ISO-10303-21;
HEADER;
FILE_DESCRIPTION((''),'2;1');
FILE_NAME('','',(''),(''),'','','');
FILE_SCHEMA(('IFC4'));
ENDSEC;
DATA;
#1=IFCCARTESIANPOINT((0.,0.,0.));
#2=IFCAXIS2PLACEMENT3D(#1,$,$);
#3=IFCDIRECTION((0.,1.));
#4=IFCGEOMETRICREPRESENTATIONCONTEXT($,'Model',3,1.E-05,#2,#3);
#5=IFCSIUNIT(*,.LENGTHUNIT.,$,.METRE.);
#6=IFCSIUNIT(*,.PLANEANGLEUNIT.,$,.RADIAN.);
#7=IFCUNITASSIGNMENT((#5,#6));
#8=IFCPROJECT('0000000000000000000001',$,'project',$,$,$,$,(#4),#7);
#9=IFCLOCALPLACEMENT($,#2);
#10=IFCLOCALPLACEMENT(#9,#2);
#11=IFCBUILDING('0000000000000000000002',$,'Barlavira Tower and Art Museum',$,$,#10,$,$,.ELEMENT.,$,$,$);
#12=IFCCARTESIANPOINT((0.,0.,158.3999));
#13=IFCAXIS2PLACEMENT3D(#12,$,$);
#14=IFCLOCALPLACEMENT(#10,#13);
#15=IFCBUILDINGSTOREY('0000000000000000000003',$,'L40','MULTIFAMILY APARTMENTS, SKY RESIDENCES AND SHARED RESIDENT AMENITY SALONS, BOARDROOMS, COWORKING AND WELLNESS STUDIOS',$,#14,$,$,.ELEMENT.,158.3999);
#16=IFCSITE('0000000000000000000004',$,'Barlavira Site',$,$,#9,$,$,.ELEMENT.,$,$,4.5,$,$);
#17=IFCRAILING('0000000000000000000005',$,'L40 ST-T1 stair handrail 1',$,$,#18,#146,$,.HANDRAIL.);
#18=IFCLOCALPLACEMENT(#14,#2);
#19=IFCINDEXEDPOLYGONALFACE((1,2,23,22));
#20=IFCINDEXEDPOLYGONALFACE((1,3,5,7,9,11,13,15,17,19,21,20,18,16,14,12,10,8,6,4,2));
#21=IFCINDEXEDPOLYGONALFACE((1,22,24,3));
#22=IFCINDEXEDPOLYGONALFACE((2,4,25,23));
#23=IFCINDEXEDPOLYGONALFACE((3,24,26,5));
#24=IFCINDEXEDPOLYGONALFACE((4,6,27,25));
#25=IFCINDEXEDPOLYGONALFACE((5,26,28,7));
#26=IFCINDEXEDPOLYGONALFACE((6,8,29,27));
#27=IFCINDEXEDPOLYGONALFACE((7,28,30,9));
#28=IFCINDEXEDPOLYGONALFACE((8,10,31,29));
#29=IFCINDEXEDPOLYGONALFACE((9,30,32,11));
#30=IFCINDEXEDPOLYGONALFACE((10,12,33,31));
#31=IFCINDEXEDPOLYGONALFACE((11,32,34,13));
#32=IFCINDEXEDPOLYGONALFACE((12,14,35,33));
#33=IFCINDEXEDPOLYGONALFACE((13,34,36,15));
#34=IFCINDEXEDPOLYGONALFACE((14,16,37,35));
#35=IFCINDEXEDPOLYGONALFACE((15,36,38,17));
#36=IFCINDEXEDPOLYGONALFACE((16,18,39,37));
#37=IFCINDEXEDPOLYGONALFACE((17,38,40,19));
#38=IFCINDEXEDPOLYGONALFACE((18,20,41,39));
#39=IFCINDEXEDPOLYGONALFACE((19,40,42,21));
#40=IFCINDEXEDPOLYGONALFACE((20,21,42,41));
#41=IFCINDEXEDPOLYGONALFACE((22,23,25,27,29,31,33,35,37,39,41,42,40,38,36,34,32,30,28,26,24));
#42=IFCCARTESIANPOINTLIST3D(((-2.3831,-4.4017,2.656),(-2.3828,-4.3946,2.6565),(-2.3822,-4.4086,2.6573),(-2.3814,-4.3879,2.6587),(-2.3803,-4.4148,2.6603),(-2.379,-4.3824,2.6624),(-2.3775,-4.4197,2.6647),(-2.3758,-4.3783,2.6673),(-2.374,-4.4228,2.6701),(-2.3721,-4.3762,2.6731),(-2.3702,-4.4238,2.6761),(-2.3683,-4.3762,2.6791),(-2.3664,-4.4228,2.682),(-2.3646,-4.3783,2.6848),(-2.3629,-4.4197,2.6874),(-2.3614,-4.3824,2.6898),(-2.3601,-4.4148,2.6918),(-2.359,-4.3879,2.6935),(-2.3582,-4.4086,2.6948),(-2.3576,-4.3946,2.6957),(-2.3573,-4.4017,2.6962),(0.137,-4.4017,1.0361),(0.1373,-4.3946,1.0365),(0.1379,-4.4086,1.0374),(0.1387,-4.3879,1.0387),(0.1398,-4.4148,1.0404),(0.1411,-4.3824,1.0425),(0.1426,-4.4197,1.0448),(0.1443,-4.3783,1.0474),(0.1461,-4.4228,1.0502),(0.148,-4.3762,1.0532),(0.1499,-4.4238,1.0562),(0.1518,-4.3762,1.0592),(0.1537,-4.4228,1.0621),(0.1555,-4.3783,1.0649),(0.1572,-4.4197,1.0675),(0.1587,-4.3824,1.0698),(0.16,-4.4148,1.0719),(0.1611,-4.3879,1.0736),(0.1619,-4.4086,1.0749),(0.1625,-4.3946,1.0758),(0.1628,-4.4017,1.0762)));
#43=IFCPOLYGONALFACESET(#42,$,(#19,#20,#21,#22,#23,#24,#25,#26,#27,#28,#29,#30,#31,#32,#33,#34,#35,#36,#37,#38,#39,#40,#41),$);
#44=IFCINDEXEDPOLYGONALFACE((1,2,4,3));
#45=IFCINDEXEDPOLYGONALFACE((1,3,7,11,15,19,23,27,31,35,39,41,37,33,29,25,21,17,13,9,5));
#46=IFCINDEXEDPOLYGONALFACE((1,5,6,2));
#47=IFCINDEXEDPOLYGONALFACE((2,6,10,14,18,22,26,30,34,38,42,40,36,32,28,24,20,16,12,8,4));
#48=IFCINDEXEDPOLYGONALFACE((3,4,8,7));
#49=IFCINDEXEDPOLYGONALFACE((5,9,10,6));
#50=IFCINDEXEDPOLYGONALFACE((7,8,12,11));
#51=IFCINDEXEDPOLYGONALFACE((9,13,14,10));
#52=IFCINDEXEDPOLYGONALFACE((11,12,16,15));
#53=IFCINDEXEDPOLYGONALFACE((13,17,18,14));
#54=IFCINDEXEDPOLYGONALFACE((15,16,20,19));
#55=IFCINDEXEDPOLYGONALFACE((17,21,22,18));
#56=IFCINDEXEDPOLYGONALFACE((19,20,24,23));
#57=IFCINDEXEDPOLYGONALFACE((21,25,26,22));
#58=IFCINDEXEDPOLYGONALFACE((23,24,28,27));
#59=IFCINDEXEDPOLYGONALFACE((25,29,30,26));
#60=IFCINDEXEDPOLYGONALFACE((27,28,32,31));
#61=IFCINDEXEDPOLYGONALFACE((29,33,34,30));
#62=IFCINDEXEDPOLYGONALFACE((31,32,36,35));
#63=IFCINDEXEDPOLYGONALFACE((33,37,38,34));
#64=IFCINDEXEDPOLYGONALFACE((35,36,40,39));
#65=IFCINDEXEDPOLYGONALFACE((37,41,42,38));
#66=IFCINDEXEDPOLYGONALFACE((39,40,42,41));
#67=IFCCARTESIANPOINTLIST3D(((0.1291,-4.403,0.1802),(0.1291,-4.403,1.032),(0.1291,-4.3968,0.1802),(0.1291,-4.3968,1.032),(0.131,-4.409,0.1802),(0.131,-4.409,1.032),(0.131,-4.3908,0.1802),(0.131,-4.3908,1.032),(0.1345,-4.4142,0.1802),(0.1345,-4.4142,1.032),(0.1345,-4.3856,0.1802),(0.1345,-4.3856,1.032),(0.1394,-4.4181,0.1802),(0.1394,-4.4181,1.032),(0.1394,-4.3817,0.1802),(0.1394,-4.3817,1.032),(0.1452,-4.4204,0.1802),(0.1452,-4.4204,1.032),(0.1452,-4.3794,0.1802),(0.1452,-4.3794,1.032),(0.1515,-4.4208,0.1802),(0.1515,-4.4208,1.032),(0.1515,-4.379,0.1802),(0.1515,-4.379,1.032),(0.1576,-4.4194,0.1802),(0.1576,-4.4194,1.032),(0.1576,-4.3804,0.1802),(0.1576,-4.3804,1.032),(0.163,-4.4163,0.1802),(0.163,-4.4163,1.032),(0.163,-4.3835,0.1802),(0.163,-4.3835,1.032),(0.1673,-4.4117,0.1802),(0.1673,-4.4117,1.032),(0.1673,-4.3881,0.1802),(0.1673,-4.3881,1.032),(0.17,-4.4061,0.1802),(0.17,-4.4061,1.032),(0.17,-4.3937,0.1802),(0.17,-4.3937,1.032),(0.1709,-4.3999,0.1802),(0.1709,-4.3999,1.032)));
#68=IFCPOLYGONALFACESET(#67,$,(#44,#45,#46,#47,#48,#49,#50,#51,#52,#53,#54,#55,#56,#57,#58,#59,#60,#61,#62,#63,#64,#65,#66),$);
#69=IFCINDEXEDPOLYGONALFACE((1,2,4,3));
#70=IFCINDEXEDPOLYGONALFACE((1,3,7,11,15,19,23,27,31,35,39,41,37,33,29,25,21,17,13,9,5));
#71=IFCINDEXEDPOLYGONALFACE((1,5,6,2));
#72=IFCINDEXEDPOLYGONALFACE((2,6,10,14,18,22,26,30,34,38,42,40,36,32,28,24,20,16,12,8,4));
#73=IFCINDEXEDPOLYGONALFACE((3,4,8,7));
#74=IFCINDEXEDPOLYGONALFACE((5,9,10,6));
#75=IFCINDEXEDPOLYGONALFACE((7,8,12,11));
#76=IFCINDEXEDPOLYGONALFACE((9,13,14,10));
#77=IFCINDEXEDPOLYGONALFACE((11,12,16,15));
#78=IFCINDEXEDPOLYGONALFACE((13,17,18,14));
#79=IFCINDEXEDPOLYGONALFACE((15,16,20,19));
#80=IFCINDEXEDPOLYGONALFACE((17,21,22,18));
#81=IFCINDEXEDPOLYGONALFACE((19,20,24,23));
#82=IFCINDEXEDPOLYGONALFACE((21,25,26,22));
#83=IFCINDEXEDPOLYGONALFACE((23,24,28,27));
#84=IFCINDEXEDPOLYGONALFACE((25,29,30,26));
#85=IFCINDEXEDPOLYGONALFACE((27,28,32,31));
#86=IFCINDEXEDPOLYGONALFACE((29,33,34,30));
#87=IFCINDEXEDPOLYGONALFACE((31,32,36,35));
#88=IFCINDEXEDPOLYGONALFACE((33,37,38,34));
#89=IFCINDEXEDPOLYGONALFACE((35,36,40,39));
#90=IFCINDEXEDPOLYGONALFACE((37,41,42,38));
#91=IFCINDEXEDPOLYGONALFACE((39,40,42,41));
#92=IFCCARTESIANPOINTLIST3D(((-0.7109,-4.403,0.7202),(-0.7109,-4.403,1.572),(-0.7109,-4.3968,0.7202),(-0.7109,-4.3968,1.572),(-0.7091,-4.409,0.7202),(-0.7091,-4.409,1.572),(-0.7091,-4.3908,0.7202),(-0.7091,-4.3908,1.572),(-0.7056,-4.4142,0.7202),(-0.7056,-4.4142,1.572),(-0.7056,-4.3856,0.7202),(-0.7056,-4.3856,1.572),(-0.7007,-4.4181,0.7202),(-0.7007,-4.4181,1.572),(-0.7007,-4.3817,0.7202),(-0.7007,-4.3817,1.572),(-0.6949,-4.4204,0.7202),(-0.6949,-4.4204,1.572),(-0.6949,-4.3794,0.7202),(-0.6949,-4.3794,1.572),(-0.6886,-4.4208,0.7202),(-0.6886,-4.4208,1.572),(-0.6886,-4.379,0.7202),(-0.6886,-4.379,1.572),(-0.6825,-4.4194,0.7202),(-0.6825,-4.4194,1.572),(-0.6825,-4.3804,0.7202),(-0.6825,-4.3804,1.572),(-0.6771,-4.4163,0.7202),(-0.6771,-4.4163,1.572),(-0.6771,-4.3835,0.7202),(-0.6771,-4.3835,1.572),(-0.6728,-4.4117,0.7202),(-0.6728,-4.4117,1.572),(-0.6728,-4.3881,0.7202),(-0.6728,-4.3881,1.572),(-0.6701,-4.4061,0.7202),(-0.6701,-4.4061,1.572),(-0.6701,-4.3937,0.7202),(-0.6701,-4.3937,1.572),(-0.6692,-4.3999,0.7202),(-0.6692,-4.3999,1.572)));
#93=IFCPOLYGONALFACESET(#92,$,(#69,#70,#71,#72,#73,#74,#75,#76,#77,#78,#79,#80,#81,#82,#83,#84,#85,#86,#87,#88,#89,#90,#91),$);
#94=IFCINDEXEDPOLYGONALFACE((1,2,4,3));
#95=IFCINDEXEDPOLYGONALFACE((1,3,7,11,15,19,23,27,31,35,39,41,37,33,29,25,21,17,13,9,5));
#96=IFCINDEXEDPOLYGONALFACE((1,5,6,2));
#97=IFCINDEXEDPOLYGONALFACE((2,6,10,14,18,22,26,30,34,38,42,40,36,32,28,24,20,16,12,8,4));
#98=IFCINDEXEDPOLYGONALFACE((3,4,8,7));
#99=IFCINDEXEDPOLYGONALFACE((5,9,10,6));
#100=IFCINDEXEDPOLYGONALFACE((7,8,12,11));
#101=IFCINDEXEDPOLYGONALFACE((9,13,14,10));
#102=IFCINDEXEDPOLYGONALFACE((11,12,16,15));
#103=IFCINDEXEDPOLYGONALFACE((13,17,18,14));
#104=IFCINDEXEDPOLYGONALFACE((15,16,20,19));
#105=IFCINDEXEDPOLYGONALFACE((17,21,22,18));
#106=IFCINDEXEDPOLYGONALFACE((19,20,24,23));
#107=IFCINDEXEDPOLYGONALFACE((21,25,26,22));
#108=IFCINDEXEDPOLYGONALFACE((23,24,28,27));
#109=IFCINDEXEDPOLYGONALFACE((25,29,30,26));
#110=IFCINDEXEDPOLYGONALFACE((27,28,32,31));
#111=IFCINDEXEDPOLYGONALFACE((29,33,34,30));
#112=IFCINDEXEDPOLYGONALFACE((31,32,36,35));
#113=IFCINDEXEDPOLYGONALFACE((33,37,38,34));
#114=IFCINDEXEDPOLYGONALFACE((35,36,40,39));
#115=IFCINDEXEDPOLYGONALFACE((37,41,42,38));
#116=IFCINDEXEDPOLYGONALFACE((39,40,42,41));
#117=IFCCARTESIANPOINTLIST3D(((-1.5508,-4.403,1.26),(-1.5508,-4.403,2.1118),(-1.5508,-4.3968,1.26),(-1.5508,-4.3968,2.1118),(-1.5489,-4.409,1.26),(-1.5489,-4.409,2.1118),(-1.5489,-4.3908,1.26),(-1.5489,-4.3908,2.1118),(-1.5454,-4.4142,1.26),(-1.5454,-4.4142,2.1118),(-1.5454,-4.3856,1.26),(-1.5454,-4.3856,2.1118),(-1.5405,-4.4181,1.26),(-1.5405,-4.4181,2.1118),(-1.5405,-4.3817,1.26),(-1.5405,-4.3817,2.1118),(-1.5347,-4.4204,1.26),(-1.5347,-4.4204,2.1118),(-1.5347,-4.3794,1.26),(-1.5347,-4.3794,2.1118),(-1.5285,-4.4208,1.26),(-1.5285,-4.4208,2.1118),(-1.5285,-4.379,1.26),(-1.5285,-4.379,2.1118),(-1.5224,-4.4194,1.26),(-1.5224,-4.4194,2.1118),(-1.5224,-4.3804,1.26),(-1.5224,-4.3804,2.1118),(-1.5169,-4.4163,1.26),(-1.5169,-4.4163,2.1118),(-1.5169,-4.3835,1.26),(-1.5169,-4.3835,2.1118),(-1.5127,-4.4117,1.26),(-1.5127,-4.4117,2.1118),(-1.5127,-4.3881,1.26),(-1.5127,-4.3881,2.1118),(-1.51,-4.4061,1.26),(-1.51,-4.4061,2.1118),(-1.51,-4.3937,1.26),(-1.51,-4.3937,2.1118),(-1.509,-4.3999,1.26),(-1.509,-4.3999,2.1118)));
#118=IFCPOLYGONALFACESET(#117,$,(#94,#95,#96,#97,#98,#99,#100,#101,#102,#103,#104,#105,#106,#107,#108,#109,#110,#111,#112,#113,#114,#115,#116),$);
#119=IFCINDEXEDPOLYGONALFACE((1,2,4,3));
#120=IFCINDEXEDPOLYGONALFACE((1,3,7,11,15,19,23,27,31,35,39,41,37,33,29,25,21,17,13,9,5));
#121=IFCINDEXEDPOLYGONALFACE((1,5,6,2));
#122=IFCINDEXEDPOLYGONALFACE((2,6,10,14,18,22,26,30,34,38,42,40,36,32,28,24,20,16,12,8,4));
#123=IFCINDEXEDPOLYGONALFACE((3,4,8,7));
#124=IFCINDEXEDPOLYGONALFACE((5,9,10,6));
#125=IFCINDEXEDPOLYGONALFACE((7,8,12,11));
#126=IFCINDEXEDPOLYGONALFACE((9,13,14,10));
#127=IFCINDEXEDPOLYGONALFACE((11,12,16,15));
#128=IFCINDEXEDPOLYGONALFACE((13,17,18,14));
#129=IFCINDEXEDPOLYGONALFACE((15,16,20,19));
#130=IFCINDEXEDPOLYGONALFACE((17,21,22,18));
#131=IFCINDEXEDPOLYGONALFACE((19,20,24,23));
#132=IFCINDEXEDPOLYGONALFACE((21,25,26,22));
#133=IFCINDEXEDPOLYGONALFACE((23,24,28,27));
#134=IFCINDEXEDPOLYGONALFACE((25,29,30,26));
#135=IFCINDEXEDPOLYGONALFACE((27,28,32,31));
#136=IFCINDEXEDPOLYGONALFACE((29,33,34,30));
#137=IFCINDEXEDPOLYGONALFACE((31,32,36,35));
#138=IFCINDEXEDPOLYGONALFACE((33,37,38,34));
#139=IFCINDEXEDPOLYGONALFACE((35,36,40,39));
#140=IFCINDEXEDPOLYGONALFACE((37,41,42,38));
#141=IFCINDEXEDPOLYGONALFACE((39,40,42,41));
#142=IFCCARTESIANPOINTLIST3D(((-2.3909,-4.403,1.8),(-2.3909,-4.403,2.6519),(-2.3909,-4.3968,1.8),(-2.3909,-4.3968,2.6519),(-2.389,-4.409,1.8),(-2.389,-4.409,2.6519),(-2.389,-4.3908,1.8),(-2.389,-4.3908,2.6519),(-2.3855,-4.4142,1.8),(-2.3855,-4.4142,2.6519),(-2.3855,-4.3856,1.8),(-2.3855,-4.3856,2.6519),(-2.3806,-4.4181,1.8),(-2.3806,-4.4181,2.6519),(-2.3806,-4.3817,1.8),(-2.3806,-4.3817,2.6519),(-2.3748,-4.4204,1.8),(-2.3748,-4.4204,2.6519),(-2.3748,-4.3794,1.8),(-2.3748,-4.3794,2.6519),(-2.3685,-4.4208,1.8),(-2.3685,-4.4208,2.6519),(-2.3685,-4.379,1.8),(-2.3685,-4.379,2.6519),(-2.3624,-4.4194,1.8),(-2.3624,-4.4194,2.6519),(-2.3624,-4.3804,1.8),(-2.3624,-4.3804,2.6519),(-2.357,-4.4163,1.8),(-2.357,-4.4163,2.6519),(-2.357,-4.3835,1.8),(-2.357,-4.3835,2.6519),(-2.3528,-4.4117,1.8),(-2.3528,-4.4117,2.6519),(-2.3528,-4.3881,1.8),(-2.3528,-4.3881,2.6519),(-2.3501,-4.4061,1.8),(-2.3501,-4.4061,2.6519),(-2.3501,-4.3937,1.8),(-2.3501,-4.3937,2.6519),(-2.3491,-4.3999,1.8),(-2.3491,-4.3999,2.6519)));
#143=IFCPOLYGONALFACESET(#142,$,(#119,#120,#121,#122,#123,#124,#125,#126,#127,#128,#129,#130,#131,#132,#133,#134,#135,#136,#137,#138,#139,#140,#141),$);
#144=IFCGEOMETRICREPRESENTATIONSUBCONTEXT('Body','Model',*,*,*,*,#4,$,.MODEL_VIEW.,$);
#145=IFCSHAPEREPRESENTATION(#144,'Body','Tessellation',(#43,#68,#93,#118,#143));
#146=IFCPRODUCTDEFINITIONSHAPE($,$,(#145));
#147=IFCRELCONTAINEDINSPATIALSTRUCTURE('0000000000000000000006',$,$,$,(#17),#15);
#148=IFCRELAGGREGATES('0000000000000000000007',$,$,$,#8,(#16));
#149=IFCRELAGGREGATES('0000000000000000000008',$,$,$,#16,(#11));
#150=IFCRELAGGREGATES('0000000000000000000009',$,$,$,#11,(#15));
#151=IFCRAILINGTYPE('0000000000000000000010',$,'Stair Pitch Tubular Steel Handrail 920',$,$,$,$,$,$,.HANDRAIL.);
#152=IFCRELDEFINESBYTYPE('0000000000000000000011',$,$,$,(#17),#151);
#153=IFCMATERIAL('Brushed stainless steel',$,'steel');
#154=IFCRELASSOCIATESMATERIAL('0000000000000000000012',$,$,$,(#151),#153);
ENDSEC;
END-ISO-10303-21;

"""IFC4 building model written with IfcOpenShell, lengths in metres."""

from ifc_helpers import new_model, si_unit, direction, frame, origin, origin_2d, place, context, subcontext, project, spatial, circle, extrude, material, type_object, element, save


model = new_model("IFC4")

# Units and contexts
model_context = context("Model", 3, precision=1e-05, world=origin(), true_north=direction((0.0, 1.0)))
body_context = subcontext(model_context, "Body", "Model", "MODEL_VIEW")
ifc_project = project(units=[si_unit("LENGTHUNIT", "METRE"), si_unit("PLANEANGLEUNIT", "RADIAN")], contexts=[model_context])

# Site, building, storey
site_placement = place(None, origin())
site = spatial("IfcSite", under=ifc_project, at=site_placement, Name="Barlavira Site", CompositionType="ELEMENT", RefElevation=4.5)
building_placement = place(site_placement, origin())
building = spatial("IfcBuilding", under=site, at=building_placement, Name="Barlavira Tower and Art Museum", CompositionType="ELEMENT")
storey_placement = place(building_placement, frame((0.0, 0.0, 158.3999)))
storey = spatial("IfcBuildingStorey", under=building, at=storey_placement, Name="L40", Description="MULTIFAMILY APARTMENTS, SKY RESIDENCES AND SHARED RESIDENT AMENITY SALONS, BOARDROOMS, COWORKING AND WELLNESS STUDIOS", CompositionType="ELEMENT", Elevation=158.3999)

# Shared definitions
ifc_material_1 = material(Name="Brushed stainless steel", Category="steel")

# Railing
railing_type_1 = type_object("IfcRailingType", Name="Stair Pitch Tubular Steel Handrail 920", PredefinedType="HANDRAIL", material=ifc_material_1)
railing_1_placement = place(storey_placement, frame((0.1499, -4.3999, 0.1802)))
element("IfcRailing", 1, at=railing_1_placement, inside=storey, type_object=railing_type_1, Name="L40 ST-T1 stair handrail 1", PredefinedType="HANDRAIL", context=body_context, shape_type="SweptSolid", body=[
    extrude(circle(Radius=0.0239, at=origin_2d()), frame((0.0, 0.0, 0.876), z_axis=(-0.8412, 0.0, 0.540725), x_axis=(0.0, -1.0, 0.0)), (0.0, 0.0, 1.0), 2.9958),
    extrude(circle(Radius=0.021, at=origin_2d()), origin(), (0.0, 0.0, 1.0), 0.8518),
    extrude(circle(Radius=0.021, at=origin_2d()), frame((-0.8401, 0.0, 0.54)), (0.0, 0.0, 1.0), 0.8518),
    extrude(circle(Radius=0.021, at=origin_2d()), frame((-1.6799, 0.0, 1.0798)), (0.0, 0.0, 1.0), 0.8518),
    extrude(circle(Radius=0.021, at=origin_2d()), frame((-2.52, 0.0, 1.6199)), (0.0, 0.0, 1.0), 0.8518),
])

save(model, "model.ifc")
